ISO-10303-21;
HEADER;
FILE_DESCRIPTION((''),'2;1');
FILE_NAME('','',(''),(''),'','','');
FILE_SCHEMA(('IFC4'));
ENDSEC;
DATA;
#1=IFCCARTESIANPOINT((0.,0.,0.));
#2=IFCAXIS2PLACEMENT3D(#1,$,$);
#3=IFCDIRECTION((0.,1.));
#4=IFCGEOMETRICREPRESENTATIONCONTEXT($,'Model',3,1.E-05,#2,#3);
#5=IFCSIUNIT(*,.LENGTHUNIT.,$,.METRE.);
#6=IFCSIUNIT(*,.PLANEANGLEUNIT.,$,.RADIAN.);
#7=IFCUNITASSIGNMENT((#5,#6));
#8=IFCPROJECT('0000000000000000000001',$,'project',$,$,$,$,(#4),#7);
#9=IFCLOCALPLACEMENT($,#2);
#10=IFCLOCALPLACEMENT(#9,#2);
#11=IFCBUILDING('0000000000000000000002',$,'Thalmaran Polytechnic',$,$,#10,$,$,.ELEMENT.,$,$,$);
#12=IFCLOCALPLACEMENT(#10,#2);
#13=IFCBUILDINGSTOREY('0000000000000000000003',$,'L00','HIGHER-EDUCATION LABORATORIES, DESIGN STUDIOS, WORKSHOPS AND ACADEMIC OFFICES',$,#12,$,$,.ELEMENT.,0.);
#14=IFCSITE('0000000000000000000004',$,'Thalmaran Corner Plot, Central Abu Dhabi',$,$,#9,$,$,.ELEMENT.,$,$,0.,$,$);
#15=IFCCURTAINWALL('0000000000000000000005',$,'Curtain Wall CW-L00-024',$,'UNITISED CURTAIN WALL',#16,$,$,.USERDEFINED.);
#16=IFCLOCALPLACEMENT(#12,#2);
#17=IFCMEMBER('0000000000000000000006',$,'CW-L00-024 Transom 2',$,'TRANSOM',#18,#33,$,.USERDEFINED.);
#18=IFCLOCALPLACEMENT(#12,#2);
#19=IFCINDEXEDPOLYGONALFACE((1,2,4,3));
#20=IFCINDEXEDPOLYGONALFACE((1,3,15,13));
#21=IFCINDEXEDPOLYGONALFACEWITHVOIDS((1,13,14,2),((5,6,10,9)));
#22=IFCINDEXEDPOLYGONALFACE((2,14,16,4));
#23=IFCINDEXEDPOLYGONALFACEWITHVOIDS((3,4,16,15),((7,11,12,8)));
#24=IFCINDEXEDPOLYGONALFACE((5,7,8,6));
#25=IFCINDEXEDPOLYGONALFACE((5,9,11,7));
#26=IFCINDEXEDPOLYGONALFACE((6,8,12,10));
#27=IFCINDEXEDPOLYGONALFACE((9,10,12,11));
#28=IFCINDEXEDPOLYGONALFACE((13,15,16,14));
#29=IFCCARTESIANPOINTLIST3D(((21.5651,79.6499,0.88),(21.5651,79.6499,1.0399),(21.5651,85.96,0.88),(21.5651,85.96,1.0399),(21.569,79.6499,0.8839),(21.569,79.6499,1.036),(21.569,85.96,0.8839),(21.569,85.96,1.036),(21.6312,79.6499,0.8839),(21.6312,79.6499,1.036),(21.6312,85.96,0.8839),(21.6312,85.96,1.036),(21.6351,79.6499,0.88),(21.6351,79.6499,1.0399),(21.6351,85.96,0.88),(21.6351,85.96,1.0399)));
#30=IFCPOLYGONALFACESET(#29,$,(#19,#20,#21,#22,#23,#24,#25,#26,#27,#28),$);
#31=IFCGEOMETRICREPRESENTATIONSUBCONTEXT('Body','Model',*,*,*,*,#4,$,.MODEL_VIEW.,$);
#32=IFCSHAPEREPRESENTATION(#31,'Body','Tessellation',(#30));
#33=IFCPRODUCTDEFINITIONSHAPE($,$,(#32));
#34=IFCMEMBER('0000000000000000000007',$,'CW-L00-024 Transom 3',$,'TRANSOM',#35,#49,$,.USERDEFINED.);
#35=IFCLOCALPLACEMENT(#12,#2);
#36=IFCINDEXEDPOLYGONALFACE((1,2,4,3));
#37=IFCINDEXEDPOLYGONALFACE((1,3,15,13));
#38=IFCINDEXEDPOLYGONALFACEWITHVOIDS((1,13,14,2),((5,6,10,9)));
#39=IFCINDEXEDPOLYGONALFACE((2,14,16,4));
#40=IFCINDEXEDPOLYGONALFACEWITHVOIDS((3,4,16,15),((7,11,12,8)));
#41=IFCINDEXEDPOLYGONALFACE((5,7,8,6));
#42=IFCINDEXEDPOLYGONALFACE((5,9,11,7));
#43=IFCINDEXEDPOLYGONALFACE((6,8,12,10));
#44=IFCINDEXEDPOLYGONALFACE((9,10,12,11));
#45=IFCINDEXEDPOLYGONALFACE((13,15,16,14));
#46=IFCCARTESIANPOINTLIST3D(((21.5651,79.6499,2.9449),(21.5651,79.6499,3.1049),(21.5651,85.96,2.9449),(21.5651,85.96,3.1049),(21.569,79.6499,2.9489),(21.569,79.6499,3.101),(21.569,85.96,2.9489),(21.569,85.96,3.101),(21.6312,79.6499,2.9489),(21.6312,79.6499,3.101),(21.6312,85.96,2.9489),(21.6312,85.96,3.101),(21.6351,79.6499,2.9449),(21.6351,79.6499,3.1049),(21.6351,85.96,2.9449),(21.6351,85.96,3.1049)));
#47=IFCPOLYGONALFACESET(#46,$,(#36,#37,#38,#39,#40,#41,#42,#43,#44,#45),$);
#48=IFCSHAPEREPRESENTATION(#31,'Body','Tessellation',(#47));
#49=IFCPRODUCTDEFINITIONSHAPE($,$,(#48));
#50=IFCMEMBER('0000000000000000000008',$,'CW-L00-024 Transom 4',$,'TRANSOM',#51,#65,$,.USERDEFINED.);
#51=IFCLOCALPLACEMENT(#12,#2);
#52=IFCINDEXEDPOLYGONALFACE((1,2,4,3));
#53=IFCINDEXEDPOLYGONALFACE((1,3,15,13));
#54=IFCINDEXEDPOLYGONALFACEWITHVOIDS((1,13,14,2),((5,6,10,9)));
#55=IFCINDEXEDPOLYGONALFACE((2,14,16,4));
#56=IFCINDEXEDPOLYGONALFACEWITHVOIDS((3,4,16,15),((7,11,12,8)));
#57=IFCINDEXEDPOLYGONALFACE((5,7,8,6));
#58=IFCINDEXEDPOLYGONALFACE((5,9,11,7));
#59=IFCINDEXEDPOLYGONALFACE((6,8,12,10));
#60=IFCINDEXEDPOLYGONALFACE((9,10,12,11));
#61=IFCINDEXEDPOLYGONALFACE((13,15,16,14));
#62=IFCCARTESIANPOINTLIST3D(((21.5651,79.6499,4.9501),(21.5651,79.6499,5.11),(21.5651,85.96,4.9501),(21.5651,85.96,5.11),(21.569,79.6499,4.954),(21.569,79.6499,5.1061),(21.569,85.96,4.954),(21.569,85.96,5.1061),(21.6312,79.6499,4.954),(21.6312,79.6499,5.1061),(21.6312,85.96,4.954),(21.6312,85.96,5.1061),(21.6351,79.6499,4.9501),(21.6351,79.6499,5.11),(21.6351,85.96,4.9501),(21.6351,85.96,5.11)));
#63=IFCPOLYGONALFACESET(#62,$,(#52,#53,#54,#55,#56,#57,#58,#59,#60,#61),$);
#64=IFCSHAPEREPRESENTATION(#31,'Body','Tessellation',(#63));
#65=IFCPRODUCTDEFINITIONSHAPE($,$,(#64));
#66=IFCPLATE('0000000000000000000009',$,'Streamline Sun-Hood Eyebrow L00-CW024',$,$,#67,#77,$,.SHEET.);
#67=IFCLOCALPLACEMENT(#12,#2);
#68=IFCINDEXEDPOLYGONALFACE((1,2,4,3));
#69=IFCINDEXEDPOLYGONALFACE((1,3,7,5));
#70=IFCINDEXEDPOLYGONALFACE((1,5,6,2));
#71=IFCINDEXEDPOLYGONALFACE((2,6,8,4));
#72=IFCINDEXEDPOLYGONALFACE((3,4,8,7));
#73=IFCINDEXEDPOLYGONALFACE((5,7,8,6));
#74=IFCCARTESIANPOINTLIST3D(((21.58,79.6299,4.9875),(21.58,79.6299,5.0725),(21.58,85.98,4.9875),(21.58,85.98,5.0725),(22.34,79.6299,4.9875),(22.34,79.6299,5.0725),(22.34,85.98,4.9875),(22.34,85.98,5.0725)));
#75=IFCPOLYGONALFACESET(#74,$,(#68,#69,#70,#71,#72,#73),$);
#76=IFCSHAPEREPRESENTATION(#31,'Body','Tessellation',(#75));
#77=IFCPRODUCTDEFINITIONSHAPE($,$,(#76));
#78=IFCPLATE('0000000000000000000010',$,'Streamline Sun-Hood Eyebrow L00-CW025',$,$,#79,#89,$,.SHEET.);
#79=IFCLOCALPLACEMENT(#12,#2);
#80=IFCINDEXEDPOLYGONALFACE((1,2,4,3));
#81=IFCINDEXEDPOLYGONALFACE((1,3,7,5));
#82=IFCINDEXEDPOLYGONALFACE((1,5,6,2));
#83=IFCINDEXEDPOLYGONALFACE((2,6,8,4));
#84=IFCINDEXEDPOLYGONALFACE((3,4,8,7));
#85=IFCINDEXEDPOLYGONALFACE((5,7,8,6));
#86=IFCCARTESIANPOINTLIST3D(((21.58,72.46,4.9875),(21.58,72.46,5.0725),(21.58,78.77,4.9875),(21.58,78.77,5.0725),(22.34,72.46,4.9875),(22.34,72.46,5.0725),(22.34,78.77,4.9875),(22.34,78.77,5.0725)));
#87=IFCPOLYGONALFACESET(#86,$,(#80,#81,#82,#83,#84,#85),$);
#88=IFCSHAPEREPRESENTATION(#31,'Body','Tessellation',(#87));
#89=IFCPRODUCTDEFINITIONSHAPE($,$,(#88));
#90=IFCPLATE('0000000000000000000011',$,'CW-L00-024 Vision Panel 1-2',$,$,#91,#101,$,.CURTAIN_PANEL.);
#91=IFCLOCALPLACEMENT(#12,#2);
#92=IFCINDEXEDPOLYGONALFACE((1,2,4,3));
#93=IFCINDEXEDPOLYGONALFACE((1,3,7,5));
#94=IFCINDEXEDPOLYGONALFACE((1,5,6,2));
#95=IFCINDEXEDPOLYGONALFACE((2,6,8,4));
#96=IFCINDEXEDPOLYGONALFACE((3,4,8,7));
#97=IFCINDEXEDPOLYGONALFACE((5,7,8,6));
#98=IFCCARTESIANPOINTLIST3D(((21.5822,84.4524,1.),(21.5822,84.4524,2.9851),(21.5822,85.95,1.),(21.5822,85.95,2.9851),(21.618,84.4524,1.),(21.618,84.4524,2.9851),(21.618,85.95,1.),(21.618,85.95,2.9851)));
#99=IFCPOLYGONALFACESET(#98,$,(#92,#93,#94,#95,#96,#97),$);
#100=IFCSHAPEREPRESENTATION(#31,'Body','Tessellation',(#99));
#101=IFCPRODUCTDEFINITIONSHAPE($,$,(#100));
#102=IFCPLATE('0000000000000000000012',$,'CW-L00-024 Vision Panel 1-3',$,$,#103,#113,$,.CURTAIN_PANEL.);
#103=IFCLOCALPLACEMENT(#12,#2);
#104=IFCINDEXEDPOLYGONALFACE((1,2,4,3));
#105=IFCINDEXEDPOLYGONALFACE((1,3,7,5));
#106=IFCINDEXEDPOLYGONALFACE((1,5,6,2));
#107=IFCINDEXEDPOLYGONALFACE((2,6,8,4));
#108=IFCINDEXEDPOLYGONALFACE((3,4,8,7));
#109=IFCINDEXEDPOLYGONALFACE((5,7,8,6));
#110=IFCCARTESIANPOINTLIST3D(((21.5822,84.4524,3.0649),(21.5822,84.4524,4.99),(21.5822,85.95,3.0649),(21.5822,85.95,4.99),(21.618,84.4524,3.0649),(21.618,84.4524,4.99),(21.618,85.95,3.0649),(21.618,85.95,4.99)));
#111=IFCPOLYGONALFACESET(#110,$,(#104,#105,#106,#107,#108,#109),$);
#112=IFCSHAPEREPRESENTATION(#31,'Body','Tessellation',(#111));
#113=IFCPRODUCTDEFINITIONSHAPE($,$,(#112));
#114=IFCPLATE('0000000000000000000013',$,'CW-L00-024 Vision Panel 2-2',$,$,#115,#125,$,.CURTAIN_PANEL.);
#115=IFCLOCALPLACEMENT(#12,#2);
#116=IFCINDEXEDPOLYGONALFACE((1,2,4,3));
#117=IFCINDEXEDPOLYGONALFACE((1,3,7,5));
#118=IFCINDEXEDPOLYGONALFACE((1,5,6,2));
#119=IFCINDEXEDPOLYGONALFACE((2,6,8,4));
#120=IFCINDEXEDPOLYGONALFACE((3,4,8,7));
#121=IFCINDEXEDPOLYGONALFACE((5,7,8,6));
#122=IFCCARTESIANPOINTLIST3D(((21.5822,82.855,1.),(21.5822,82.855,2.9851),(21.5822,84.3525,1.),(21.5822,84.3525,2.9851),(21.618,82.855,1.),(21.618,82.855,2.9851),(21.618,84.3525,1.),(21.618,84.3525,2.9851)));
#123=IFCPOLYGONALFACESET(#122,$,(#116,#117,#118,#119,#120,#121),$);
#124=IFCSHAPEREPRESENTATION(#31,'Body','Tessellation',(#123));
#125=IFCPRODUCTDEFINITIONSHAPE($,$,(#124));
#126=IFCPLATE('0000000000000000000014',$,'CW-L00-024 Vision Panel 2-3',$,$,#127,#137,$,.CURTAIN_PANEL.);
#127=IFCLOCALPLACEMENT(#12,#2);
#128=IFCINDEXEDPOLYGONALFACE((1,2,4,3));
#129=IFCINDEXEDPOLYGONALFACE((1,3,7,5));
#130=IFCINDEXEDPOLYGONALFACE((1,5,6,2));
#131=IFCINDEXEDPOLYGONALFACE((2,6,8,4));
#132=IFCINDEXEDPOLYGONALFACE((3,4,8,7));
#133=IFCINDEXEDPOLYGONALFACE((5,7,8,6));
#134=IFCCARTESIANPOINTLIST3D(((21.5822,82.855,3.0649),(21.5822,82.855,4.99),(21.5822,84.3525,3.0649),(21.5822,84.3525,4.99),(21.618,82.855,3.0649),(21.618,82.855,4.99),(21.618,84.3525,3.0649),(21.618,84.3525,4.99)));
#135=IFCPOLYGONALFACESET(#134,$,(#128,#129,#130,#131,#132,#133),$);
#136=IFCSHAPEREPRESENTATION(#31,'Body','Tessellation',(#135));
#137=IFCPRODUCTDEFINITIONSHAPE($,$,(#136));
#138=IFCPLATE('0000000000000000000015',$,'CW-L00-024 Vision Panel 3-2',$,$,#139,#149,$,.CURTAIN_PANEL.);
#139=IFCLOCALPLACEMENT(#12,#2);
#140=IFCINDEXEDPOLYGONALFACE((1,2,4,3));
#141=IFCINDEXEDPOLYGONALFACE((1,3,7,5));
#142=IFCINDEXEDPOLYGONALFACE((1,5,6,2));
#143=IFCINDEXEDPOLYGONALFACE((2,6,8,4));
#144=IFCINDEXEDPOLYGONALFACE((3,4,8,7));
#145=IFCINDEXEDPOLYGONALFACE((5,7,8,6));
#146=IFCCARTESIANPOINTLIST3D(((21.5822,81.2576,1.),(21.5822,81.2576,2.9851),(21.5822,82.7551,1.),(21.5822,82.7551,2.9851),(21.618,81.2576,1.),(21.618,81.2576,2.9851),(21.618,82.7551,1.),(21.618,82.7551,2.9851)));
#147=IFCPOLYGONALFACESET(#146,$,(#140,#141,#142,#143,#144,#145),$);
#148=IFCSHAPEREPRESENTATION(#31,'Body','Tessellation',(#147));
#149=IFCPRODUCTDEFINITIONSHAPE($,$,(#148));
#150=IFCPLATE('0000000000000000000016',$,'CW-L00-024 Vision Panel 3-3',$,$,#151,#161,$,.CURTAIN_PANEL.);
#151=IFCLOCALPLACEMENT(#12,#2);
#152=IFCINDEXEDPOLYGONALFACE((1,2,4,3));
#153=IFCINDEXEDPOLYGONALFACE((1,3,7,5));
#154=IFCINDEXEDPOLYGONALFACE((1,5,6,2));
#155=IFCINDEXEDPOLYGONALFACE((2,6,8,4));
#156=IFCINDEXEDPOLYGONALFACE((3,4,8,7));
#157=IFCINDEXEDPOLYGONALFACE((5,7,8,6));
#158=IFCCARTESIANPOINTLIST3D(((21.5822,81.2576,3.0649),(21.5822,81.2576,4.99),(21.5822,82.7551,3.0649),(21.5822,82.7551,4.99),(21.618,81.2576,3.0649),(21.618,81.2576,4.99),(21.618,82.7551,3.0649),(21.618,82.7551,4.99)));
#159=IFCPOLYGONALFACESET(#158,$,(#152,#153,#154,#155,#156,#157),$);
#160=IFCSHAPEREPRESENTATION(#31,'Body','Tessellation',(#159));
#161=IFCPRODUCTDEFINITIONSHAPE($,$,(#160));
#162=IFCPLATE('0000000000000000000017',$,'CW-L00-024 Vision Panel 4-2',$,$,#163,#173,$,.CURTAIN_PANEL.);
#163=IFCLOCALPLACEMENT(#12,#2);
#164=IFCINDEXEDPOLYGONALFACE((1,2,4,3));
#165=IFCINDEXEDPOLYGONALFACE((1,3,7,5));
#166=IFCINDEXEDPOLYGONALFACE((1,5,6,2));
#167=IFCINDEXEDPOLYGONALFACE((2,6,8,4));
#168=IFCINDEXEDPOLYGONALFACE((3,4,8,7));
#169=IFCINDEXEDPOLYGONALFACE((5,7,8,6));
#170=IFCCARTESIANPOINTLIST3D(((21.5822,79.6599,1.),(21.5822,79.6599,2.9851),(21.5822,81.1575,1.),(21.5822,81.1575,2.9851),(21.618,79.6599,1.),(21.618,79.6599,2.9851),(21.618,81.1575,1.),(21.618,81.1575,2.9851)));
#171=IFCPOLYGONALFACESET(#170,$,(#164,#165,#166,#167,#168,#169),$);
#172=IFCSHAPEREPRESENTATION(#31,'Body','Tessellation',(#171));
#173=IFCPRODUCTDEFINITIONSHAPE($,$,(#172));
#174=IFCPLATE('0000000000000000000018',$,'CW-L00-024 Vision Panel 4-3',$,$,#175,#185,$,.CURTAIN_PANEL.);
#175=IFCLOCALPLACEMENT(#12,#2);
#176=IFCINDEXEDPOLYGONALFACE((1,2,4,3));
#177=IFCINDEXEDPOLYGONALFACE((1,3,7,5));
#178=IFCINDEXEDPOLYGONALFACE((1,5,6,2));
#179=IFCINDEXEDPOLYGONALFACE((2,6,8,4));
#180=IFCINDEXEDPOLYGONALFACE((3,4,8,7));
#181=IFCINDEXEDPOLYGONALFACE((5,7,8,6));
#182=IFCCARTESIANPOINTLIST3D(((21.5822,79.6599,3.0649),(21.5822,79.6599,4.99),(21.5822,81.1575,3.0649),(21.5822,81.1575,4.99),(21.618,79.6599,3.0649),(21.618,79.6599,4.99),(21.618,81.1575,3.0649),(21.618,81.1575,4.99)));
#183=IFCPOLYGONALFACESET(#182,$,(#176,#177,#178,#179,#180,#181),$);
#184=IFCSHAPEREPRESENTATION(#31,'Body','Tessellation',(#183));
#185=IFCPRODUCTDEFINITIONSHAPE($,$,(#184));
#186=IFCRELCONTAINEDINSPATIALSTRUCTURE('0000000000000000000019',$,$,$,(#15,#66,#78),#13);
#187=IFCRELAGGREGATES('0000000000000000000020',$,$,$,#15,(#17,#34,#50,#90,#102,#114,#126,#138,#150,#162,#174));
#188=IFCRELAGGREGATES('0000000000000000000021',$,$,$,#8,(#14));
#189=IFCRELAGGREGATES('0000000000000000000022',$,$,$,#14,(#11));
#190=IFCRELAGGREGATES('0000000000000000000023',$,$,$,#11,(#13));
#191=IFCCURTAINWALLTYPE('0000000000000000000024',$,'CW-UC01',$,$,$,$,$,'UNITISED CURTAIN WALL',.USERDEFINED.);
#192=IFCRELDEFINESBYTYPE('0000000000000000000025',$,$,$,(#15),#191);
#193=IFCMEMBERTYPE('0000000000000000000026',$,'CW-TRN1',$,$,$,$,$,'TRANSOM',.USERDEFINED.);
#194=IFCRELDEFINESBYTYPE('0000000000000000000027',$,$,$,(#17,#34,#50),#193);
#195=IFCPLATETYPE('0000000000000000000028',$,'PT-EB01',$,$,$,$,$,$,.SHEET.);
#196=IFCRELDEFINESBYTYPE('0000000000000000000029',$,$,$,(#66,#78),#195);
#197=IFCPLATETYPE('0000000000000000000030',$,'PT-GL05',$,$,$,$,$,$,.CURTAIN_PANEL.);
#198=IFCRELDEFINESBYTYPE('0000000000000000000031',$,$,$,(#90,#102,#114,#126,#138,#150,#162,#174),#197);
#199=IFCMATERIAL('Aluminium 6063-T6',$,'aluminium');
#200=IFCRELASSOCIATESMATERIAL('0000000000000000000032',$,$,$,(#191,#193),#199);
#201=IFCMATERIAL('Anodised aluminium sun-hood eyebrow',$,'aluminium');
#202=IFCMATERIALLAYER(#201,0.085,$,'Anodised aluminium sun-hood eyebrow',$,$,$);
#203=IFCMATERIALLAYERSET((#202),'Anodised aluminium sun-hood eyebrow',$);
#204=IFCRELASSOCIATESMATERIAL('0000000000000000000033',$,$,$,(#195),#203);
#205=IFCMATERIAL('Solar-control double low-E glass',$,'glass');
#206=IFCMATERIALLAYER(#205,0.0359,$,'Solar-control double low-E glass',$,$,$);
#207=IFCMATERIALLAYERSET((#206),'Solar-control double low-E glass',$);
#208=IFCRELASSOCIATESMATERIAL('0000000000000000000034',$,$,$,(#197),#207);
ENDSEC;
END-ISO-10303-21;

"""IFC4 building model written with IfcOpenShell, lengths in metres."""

from ifc_helpers import new_model, si_unit, direction, frame, origin, origin_2d, place, context, subcontext, project, spatial, rectangle, hollow_rectangle, extrude, material, layer, layer_set, material_profile, profile_set, type_object, element, aggregate, save


model = new_model("IFC4")

# Units and contexts
model_context = context("Model", 3, precision=1e-05, world=origin(), true_north=direction((0.0, 1.0)))
body_context = subcontext(model_context, "Body", "Model", "MODEL_VIEW")
ifc_project = project(units=[si_unit("LENGTHUNIT", "METRE"), si_unit("PLANEANGLEUNIT", "RADIAN")], contexts=[model_context])

# Site, building, storey
site_placement = place(None, origin())
site = spatial("IfcSite", under=ifc_project, at=site_placement, Name="Thalmaran Corner Plot, Central Abu Dhabi", CompositionType="ELEMENT", RefElevation=0.0)
building_placement = place(site_placement, origin())
building = spatial("IfcBuilding", under=site, at=building_placement, Name="Thalmaran Polytechnic", CompositionType="ELEMENT")
storey_placement = place(building_placement, origin())
storey = spatial("IfcBuildingStorey", under=building, at=storey_placement, Name="L00", Description="HIGHER-EDUCATION LABORATORIES, DESIGN STUDIOS, WORKSHOPS AND ACADEMIC OFFICES", CompositionType="ELEMENT", Elevation=0.0)

# Shared definitions
ifc_material_1 = material(Name="Aluminium 6063-T6", Category="aluminium")
curtain_wall_type = type_object("IfcCurtainWallType", Name="CW-UC01", ElementType="UNITISED CURTAIN WALL", PredefinedType="USERDEFINED", material=ifc_material_1)

# Curtain wall, members
curtain_wall_1_placement = place(storey_placement, origin())
curtain_wall_1 = element("IfcCurtainWall", 1, at=curtain_wall_1_placement, inside=storey, type_object=curtain_wall_type, Name="Curtain Wall CW-L00-024", ObjectType="UNITISED CURTAIN WALL", PredefinedType="USERDEFINED")
ifc_material_profile_1 = material_profile(ifc_material_1, hollow_rectangle(XDim=0.0701, YDim=0.1599, WallThickness=0.0039, at=origin_2d()), Name="AL 160x70x4.0")
ifc_profile_set_1 = profile_set([ifc_material_profile_1], Name="Aluminium 6063-T6")
member_type_1 = type_object("IfcMemberType", Name="CW-TRN1", ElementType="TRANSOM", PredefinedType="USERDEFINED", material=ifc_profile_set_1)
member_1_placement = place(storey_placement, frame((21.6001, 85.96, 0.96), z_axis=(0.0, -1.0, 0.0), x_axis=(1.0, 0.0, 0.0)))
member_1 = element("IfcMember", 2, at=member_1_placement, type_object=member_type_1, Name="CW-L00-024 Transom 2", ObjectType="TRANSOM", PredefinedType="USERDEFINED", context=body_context, shape_type="SweptSolid", body=[
    extrude(hollow_rectangle(XDim=0.0701, YDim=0.1599, WallThickness=0.0039, at=origin_2d()), origin(), (0.0, 0.0, 1.0), 6.3101),
])
member_2_placement = place(storey_placement, frame((21.6001, 85.96, 3.0249), z_axis=(0.0, -1.0, 0.0), x_axis=(1.0, 0.0, 0.0)))
member_2 = element("IfcMember", 3, at=member_2_placement, type_object=member_type_1, Name="CW-L00-024 Transom 3", ObjectType="TRANSOM", PredefinedType="USERDEFINED", context=body_context, shape_type="SweptSolid", body=[
    extrude(hollow_rectangle(XDim=0.0701, YDim=0.1599, WallThickness=0.0039, at=origin_2d()), origin(), (0.0, 0.0, 1.0), 6.3101),
])
member_3_placement = place(storey_placement, frame((21.6001, 85.96, 5.03), z_axis=(0.0, -1.0, 0.0), x_axis=(1.0, 0.0, 0.0)))
member_3 = element("IfcMember", 4, at=member_3_placement, type_object=member_type_1, Name="CW-L00-024 Transom 4", ObjectType="TRANSOM", PredefinedType="USERDEFINED", context=body_context, shape_type="SweptSolid", body=[
    extrude(hollow_rectangle(XDim=0.0701, YDim=0.1599, WallThickness=0.0039, at=origin_2d()), origin(), (0.0, 0.0, 1.0), 6.3101),
])

# Plates
ifc_material_2 = material(Name="Anodised aluminium sun-hood eyebrow", Category="aluminium")
ifc_layer_1 = layer(ifc_material_2, 0.085, Name="Anodised aluminium sun-hood eyebrow")
ifc_layer_set_1 = layer_set([ifc_layer_1], Name="Anodised aluminium sun-hood eyebrow")
plate_type_1 = type_object("IfcPlateType", Name="PT-EB01", PredefinedType="SHEET", material=ifc_layer_set_1)
plate_1_placement = place(storey_placement, frame((21.96, 82.8049, 4.9875), z_axis=(0.0, 0.0, 1.0), x_axis=(0.0, -1.0, 0.0)))
element("IfcPlate", 5, at=plate_1_placement, inside=storey, type_object=plate_type_1, Name="Streamline Sun-Hood Eyebrow L00-CW024", PredefinedType="SHEET", context=body_context, shape_type="SweptSolid", body=[
    extrude(rectangle(XDim=6.3501, YDim=0.76, at=origin_2d()), origin(), (0.0, 0.0, 1.0), 0.085),
])
plate_2_placement = place(storey_placement, frame((21.96, 75.615, 4.9875), z_axis=(0.0, 0.0, 1.0), x_axis=(0.0, -1.0, 0.0)))
element("IfcPlate", 6, at=plate_2_placement, inside=storey, type_object=plate_type_1, Name="Streamline Sun-Hood Eyebrow L00-CW025", PredefinedType="SHEET", context=body_context, shape_type="SweptSolid", body=[
    extrude(rectangle(XDim=6.3101, YDim=0.76, at=origin_2d()), origin(), (0.0, 0.0, 1.0), 0.085),
])

# Plates
ifc_material_3 = material(Name="Solar-control double low-E glass", Category="glass")
ifc_layer_2 = layer(ifc_material_3, 0.0359, Name="Solar-control double low-E glass")
ifc_layer_set_2 = layer_set([ifc_layer_2], Name="Solar-control double low-E glass")
plate_type_2 = type_object("IfcPlateType", Name="PT-GL05", PredefinedType="CURTAIN_PANEL", material=ifc_layer_set_2)
plate_3_placement = place(storey_placement, frame((21.6001, 85.2012, 1.0), z_axis=(0.0, 0.0, 1.0), x_axis=(0.0, -1.0, 0.0)))
plate_3 = element("IfcPlate", 7, at=plate_3_placement, type_object=plate_type_2, Name="CW-L00-024 Vision Panel 1-2", PredefinedType="CURTAIN_PANEL", context=body_context, shape_type="SweptSolid", body=[
    extrude(rectangle(XDim=1.4976, YDim=0.0359, at=origin_2d()), origin(), (0.0, 0.0, 1.0), 1.9851),
])
plate_4_placement = place(storey_placement, frame((21.6001, 85.2012, 3.0649), z_axis=(0.0, 0.0, 1.0), x_axis=(0.0, -1.0, 0.0)))
plate_4 = element("IfcPlate", 8, at=plate_4_placement, type_object=plate_type_2, Name="CW-L00-024 Vision Panel 1-3", PredefinedType="CURTAIN_PANEL", context=body_context, shape_type="SweptSolid", body=[
    extrude(rectangle(XDim=1.4976, YDim=0.0359, at=origin_2d()), origin(), (0.0, 0.0, 1.0), 1.925),
])
plate_5_placement = place(storey_placement, frame((21.6001, 83.6038, 1.0), z_axis=(0.0, 0.0, 1.0), x_axis=(0.0, -1.0, 0.0)))
plate_5 = element("IfcPlate", 9, at=plate_5_placement, type_object=plate_type_2, Name="CW-L00-024 Vision Panel 2-2", PredefinedType="CURTAIN_PANEL", context=body_context, shape_type="SweptSolid", body=[
    extrude(rectangle(XDim=1.4976, YDim=0.0359, at=origin_2d()), origin(), (0.0, 0.0, 1.0), 1.9851),
])
plate_6_placement = place(storey_placement, frame((21.6001, 83.6038, 3.0649), z_axis=(0.0, 0.0, 1.0), x_axis=(0.0, -1.0, 0.0)))
plate_6 = element("IfcPlate", 10, at=plate_6_placement, type_object=plate_type_2, Name="CW-L00-024 Vision Panel 2-3", PredefinedType="CURTAIN_PANEL", context=body_context, shape_type="SweptSolid", body=[
    extrude(rectangle(XDim=1.4976, YDim=0.0359, at=origin_2d()), origin(), (0.0, 0.0, 1.0), 1.925),
])
plate_7_placement = place(storey_placement, frame((21.6001, 82.0063, 1.0), z_axis=(0.0, 0.0, 1.0), x_axis=(0.0, -1.0, 0.0)))
plate_7 = element("IfcPlate", 11, at=plate_7_placement, type_object=plate_type_2, Name="CW-L00-024 Vision Panel 3-2", PredefinedType="CURTAIN_PANEL", context=body_context, shape_type="SweptSolid", body=[
    extrude(rectangle(XDim=1.4976, YDim=0.0359, at=origin_2d()), origin(), (0.0, 0.0, 1.0), 1.9851),
])
plate_8_placement = place(storey_placement, frame((21.6001, 82.0063, 3.0649), z_axis=(0.0, 0.0, 1.0), x_axis=(0.0, -1.0, 0.0)))
plate_8 = element("IfcPlate", 12, at=plate_8_placement, type_object=plate_type_2, Name="CW-L00-024 Vision Panel 3-3", PredefinedType="CURTAIN_PANEL", context=body_context, shape_type="SweptSolid", body=[
    extrude(rectangle(XDim=1.4976, YDim=0.0359, at=origin_2d()), origin(), (0.0, 0.0, 1.0), 1.925),
])
plate_9_placement = place(storey_placement, frame((21.6001, 80.4087, 1.0), z_axis=(0.0, 0.0, 1.0), x_axis=(0.0, -1.0, 0.0)))
plate_9 = element("IfcPlate", 13, at=plate_9_placement, type_object=plate_type_2, Name="CW-L00-024 Vision Panel 4-2", PredefinedType="CURTAIN_PANEL", context=body_context, shape_type="SweptSolid", body=[
    extrude(rectangle(XDim=1.4976, YDim=0.0359, at=origin_2d()), origin(), (0.0, 0.0, 1.0), 1.9851),
])
plate_10_placement = place(storey_placement, frame((21.6001, 80.4087, 3.0649), z_axis=(0.0, 0.0, 1.0), x_axis=(0.0, -1.0, 0.0)))
plate_10 = element("IfcPlate", 14, at=plate_10_placement, type_object=plate_type_2, Name="CW-L00-024 Vision Panel 4-3", PredefinedType="CURTAIN_PANEL", context=body_context, shape_type="SweptSolid", body=[
    extrude(rectangle(XDim=1.4976, YDim=0.0359, at=origin_2d()), origin(), (0.0, 0.0, 1.0), 1.925),
])
aggregate(curtain_wall_1, [member_1, member_2, member_3, plate_3, plate_4, plate_5, plate_6, plate_7, plate_8, plate_9, plate_10])

save(model, "model.ifc")
